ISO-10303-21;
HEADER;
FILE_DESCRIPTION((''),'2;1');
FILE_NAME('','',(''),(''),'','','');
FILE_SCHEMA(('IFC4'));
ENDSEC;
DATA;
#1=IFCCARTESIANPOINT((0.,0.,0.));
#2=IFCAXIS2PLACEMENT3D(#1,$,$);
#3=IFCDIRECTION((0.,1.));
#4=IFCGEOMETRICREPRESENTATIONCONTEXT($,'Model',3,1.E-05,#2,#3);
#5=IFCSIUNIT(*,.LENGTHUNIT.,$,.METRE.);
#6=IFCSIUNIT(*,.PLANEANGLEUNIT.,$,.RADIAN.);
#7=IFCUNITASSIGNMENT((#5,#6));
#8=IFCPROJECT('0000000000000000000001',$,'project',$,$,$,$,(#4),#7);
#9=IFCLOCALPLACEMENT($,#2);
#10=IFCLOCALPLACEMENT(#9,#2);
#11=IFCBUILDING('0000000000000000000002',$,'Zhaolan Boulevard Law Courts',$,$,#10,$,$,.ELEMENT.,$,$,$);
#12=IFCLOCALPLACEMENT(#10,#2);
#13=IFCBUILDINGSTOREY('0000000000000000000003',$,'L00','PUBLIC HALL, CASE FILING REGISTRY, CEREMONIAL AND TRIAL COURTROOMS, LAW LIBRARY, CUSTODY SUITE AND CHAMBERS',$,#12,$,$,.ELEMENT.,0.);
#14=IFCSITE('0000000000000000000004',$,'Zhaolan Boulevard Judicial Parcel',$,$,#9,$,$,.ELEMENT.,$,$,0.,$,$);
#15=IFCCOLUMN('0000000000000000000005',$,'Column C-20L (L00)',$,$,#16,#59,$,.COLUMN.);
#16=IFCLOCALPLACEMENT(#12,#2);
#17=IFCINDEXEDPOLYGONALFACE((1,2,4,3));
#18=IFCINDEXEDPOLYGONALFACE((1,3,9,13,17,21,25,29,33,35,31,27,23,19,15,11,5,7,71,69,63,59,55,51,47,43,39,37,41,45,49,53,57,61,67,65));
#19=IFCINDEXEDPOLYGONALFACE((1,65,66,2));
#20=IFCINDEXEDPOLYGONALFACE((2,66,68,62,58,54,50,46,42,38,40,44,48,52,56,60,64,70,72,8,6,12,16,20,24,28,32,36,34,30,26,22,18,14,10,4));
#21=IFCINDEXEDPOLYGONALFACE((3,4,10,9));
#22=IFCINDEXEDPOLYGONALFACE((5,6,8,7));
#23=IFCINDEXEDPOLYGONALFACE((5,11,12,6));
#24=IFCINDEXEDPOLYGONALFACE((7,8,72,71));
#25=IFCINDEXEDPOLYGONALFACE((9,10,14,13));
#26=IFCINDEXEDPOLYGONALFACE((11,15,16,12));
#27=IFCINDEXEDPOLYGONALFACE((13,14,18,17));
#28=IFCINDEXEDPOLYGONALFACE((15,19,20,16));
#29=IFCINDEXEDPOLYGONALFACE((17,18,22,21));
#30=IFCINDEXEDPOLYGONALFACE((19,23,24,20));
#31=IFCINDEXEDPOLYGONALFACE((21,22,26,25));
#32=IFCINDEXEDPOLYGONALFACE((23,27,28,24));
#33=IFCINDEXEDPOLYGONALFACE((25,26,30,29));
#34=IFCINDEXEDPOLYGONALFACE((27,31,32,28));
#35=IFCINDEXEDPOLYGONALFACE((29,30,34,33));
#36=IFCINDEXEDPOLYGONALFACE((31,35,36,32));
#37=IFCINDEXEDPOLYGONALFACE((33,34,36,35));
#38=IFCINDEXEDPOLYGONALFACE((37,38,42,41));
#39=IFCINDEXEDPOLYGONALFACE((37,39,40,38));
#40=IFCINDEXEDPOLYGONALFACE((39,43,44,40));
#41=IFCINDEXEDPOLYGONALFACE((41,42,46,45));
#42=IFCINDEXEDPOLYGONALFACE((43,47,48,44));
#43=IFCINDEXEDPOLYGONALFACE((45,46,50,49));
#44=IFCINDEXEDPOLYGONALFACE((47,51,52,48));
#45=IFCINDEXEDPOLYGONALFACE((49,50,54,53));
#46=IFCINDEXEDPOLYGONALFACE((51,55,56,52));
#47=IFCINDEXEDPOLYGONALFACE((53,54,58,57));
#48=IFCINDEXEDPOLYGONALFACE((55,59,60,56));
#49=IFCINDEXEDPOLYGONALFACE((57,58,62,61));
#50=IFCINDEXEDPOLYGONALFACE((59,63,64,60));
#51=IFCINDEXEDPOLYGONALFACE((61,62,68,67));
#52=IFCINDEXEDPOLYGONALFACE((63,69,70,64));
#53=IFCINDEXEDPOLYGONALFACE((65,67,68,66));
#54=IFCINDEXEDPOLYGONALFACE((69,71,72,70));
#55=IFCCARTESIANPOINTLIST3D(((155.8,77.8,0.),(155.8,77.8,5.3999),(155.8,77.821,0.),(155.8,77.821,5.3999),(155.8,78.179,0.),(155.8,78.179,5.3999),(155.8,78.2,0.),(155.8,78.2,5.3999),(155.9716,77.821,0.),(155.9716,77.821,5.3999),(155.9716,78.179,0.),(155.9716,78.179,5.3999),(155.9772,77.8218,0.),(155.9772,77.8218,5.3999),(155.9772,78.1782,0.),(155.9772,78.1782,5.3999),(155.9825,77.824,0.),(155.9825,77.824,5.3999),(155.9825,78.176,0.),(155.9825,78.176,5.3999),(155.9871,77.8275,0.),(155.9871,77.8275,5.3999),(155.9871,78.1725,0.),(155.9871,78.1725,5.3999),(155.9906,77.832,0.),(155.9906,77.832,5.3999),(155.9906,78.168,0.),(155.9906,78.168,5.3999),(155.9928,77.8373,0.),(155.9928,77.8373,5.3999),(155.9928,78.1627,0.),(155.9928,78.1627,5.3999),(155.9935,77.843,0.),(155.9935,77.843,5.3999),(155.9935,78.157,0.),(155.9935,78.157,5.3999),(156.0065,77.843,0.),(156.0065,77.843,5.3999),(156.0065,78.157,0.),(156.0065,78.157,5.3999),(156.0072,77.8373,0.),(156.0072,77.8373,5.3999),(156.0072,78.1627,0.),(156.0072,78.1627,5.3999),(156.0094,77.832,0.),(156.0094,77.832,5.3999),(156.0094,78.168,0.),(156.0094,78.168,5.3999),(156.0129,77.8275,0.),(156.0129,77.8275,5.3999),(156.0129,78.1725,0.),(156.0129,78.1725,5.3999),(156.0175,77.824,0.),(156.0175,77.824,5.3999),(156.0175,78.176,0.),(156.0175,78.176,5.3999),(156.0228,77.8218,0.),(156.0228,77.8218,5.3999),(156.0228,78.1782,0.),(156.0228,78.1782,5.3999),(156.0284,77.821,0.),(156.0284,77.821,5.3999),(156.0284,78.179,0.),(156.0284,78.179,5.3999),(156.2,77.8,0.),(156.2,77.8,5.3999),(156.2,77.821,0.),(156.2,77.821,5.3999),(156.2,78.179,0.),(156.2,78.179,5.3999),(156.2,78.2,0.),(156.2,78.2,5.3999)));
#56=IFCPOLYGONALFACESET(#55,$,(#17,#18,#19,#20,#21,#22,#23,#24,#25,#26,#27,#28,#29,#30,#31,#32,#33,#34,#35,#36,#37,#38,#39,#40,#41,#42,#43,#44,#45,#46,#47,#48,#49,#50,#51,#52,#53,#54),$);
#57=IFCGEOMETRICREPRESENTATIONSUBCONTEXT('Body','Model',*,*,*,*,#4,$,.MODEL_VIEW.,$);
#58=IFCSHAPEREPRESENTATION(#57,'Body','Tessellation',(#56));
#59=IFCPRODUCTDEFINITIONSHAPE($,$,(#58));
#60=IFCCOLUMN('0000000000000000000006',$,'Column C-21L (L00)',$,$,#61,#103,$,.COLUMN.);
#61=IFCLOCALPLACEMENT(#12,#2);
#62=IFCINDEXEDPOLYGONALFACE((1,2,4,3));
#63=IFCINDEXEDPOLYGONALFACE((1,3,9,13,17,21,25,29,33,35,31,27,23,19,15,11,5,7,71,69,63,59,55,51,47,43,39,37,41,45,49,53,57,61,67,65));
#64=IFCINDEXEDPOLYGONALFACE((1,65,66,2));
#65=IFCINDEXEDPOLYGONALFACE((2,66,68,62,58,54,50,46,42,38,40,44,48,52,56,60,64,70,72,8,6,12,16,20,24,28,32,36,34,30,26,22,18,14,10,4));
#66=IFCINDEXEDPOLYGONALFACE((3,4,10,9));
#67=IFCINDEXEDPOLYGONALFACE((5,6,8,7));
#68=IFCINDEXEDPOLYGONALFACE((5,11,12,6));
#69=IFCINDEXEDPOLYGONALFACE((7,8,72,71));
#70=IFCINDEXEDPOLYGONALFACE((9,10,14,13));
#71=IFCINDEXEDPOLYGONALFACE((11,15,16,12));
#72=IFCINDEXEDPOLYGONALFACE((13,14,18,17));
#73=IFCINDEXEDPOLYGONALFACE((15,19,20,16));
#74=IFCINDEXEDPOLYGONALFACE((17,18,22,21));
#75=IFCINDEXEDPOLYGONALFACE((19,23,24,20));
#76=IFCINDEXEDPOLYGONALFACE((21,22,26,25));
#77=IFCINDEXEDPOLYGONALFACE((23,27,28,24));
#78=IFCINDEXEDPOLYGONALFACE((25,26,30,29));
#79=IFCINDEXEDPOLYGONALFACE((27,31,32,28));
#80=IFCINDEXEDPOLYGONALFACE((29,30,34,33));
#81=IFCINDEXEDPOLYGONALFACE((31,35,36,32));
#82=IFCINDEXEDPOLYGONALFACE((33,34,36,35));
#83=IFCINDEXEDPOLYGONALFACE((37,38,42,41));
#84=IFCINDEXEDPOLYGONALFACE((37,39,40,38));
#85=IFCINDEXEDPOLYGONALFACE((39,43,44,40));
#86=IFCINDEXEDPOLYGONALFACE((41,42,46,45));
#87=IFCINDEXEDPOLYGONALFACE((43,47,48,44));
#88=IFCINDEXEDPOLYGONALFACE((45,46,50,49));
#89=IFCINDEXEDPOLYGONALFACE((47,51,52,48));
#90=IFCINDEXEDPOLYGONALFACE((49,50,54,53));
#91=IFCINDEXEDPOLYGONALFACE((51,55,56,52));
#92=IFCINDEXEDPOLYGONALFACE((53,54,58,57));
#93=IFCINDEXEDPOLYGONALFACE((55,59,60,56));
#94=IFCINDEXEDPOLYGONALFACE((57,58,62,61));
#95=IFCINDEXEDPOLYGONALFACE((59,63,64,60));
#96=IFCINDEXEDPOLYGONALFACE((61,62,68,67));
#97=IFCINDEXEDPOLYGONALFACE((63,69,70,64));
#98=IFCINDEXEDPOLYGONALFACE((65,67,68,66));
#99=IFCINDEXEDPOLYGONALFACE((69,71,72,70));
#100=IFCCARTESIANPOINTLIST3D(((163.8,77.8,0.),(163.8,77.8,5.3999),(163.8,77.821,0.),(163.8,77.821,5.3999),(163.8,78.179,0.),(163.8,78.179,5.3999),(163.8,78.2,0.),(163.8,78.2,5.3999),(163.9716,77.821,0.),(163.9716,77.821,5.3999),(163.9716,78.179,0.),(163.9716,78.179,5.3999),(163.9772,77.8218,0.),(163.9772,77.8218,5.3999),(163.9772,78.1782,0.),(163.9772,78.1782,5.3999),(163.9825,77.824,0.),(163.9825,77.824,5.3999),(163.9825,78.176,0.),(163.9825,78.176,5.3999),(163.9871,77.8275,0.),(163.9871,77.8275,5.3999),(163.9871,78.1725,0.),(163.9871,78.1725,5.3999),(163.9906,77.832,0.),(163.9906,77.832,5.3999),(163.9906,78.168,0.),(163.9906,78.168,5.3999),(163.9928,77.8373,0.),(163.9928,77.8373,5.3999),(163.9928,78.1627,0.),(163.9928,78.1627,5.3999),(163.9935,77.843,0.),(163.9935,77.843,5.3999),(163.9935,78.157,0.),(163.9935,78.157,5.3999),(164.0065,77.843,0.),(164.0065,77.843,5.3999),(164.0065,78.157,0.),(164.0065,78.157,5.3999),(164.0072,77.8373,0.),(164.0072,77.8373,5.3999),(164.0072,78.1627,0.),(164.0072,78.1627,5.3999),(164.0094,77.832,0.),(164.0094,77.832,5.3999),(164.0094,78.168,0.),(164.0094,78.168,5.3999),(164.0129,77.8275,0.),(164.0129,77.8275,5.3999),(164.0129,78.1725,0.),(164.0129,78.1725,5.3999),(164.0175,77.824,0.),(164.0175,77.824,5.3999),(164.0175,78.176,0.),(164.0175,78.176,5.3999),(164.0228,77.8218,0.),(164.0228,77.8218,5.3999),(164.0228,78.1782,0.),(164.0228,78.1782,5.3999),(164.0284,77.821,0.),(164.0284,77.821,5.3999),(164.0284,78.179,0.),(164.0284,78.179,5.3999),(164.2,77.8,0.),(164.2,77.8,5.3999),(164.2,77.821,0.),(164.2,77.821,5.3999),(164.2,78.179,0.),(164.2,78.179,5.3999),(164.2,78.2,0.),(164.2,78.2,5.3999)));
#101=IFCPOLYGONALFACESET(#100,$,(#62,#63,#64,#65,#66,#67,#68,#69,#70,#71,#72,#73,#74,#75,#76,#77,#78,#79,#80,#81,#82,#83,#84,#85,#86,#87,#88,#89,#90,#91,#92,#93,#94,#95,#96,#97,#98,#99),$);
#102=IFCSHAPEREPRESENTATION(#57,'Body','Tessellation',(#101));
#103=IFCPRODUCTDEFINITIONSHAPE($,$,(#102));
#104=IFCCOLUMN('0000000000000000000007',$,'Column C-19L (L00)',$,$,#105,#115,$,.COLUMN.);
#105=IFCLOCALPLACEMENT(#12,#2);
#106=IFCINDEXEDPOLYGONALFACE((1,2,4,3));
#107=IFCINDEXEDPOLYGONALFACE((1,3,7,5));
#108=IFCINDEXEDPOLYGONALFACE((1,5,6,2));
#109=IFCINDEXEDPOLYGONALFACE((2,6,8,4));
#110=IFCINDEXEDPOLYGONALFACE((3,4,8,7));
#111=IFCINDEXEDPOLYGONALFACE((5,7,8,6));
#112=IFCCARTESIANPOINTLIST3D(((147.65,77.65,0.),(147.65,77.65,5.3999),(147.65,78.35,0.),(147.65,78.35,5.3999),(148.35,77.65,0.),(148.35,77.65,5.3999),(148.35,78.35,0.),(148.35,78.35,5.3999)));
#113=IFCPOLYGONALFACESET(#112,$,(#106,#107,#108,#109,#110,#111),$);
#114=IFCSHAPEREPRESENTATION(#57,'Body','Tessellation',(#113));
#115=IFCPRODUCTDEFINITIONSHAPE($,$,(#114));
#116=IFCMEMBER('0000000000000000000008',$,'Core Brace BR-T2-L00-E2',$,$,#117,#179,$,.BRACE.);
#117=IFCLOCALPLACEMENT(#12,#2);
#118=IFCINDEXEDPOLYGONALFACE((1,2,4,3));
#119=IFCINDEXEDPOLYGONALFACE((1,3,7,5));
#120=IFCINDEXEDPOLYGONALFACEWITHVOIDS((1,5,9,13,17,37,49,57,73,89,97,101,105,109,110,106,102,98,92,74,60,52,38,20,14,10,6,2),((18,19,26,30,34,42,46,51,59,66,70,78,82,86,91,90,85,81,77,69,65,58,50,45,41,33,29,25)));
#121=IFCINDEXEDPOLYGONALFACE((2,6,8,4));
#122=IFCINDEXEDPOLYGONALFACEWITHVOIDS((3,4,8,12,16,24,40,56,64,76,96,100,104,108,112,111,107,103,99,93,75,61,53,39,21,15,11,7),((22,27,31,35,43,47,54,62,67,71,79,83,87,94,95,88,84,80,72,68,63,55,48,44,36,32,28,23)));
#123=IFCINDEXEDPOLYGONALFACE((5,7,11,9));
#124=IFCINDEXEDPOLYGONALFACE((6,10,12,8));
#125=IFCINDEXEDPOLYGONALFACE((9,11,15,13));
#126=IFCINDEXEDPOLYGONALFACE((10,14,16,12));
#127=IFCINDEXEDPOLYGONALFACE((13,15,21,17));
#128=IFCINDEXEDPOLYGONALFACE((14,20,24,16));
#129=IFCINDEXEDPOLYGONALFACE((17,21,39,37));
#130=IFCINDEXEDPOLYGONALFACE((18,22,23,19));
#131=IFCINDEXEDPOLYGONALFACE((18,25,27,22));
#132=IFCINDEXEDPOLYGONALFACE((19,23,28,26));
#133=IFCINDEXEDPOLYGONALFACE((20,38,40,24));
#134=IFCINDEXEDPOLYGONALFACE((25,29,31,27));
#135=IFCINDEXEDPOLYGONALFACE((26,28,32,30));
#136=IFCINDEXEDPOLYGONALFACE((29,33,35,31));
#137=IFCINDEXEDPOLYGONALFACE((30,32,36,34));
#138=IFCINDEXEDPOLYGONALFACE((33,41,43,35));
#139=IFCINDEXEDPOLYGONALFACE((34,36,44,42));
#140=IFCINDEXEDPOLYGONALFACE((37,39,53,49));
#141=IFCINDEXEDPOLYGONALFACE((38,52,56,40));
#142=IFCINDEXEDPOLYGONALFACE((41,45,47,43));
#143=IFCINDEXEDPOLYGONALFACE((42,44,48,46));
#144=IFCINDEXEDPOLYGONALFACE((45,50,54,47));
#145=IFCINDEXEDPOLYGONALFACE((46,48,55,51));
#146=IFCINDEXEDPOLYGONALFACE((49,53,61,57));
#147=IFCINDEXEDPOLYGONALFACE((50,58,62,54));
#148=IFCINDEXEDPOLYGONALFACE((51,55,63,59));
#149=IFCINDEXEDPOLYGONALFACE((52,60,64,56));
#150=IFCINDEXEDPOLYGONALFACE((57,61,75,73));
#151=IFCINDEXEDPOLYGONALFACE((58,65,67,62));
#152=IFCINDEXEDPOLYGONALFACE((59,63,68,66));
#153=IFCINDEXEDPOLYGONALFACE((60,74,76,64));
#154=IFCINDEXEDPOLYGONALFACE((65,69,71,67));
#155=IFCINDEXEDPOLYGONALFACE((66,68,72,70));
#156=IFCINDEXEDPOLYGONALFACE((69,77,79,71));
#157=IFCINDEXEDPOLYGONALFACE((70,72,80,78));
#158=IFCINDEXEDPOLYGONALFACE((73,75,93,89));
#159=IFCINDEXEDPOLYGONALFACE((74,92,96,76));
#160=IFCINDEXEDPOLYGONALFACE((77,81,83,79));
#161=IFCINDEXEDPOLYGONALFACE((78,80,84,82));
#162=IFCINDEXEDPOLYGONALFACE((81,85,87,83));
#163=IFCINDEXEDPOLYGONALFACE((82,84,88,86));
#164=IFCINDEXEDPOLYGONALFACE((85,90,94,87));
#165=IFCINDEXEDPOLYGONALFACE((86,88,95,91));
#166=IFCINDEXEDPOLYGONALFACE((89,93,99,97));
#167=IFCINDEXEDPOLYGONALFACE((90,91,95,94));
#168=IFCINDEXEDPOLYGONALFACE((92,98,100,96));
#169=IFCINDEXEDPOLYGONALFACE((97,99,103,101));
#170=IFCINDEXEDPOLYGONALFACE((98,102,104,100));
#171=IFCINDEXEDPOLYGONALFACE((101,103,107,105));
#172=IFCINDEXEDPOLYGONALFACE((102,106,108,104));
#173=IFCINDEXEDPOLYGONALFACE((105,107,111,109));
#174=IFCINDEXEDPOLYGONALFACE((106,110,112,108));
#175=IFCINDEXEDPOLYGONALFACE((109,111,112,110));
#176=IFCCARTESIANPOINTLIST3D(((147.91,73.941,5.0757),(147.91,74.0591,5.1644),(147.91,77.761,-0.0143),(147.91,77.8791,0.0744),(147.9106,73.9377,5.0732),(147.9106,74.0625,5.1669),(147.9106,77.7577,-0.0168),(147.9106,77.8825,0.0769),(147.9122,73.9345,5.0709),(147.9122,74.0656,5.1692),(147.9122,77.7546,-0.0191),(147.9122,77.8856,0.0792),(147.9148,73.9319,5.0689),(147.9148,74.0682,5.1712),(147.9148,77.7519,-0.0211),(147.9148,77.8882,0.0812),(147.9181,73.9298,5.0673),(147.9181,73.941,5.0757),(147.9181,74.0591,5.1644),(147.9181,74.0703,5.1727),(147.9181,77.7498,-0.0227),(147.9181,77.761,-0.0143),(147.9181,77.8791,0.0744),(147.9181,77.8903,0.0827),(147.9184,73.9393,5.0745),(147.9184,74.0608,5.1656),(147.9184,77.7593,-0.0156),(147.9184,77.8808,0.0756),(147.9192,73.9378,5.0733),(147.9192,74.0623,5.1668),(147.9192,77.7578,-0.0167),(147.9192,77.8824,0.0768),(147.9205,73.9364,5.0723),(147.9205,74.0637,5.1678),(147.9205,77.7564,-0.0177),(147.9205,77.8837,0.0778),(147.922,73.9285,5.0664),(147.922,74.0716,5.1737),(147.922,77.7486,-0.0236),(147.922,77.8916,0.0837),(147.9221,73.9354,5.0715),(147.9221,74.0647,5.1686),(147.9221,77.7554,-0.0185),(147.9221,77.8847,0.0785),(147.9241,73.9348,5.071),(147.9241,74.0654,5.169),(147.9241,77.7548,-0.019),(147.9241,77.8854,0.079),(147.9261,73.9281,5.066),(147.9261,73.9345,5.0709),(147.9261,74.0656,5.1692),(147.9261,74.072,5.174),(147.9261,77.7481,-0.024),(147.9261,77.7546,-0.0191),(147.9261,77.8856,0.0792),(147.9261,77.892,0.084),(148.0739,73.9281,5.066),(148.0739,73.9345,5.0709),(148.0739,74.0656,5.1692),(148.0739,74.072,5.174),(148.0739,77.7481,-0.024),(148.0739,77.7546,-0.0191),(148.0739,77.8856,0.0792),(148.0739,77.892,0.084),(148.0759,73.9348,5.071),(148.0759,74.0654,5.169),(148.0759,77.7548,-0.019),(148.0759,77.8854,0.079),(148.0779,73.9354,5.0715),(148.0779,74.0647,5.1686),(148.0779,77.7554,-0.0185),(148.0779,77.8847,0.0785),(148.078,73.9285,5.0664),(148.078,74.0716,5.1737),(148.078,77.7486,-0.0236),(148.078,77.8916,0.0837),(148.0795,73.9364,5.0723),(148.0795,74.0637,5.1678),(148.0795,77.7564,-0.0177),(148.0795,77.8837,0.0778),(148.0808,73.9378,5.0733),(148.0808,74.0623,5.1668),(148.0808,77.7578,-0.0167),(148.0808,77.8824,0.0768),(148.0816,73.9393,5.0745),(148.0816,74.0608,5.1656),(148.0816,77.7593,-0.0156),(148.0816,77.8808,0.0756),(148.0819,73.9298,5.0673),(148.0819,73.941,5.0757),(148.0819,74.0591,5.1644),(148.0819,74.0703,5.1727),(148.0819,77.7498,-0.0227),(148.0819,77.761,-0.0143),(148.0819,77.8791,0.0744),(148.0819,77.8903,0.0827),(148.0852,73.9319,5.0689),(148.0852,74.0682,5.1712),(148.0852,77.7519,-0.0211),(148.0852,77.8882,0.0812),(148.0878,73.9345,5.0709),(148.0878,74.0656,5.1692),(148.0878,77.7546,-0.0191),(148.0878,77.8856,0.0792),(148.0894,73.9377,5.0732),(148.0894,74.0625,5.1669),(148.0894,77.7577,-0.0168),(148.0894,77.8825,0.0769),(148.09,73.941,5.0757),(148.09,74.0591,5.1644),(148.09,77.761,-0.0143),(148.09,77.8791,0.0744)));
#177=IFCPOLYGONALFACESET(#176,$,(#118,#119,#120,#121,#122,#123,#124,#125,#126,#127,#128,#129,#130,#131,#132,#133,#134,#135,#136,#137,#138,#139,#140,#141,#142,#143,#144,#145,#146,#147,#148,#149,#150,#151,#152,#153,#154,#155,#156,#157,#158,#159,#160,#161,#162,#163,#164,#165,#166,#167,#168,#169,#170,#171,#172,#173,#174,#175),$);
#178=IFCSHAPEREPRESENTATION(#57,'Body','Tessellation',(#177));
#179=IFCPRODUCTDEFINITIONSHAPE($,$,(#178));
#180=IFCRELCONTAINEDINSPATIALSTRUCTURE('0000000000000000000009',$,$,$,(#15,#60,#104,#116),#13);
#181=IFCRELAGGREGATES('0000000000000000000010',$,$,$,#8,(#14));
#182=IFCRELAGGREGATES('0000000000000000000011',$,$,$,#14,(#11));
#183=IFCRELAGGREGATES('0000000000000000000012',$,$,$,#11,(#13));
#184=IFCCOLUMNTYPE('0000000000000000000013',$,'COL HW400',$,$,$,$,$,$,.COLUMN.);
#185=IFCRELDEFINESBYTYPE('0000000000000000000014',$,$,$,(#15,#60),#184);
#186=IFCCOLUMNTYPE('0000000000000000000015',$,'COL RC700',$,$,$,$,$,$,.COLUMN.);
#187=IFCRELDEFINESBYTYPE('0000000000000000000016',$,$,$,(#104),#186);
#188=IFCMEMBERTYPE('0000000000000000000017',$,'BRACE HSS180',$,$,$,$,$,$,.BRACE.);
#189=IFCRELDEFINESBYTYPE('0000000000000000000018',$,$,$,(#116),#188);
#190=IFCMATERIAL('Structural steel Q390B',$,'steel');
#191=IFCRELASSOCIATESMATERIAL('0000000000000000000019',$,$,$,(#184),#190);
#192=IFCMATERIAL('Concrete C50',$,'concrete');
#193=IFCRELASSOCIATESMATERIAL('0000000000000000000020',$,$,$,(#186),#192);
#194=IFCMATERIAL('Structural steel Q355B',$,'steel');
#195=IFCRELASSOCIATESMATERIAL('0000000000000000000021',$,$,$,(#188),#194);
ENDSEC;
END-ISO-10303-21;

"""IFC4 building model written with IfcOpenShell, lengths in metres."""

from ifc_helpers import new_model, si_unit, direction, frame, origin, origin_2d, place, context, subcontext, project, spatial, rectangle, hollow_rectangle, i_section, extrude, material, material_profile, profile_set, type_object, element, save


model = new_model("IFC4")

# Units and contexts
model_context = context("Model", 3, precision=1e-05, world=origin(), true_north=direction((0.0, 1.0)))
body_context = subcontext(model_context, "Body", "Model", "MODEL_VIEW")
ifc_project = project(units=[si_unit("LENGTHUNIT", "METRE"), si_unit("PLANEANGLEUNIT", "RADIAN")], contexts=[model_context])

# Site, building, storey
site_placement = place(None, origin())
site = spatial("IfcSite", under=ifc_project, at=site_placement, Name="Zhaolan Boulevard Judicial Parcel", CompositionType="ELEMENT", RefElevation=0.0)
building_placement = place(site_placement, origin())
building = spatial("IfcBuilding", under=site, at=building_placement, Name="Zhaolan Boulevard Law Courts", CompositionType="ELEMENT")
storey_placement = place(building_placement, origin())
storey = spatial("IfcBuildingStorey", under=building, at=storey_placement, Name="L00", Description="PUBLIC HALL, CASE FILING REGISTRY, CEREMONIAL AND TRIAL COURTROOMS, LAW LIBRARY, CUSTODY SUITE AND CHAMBERS", CompositionType="ELEMENT", Elevation=0.0)

# Columns
ifc_material_1 = material(Name="Structural steel Q390B", Category="steel")
ifc_material_profile_1 = material_profile(ifc_material_1, i_section(OverallWidth=0.3999, OverallDepth=0.3999, WebThickness=0.0129, FlangeThickness=0.021, FilletRadius=0.022, at=origin_2d()), Name="HW400x400")
ifc_profile_set_1 = profile_set([ifc_material_profile_1], Name="Structural steel Q390B")
column_type_1 = type_object("IfcColumnType", Name="COL HW400", PredefinedType="COLUMN", material=ifc_profile_set_1)
for number, where, z_axis, x_axis, name in (
    (1, (156.0, 78.0, 0.0), (0.0, 0.0, 1.0), (1.0, 0.0, 0.0), "Column C-20L (L00)"),
    (2, (164.0, 78.0, 0.0), (0.0, 0.0, 1.0), (1.0, 0.0, 0.0), "Column C-21L (L00)"),
):
    element("IfcColumn", number, at=place(storey_placement, frame(where, z_axis=z_axis, x_axis=x_axis)), inside=storey, type_object=column_type_1, Name=name, PredefinedType="COLUMN", context=body_context, shape_type="SweptSolid", body=[
        extrude(i_section(OverallWidth=0.3999, OverallDepth=0.3999, WebThickness=0.0129, FlangeThickness=0.021, FilletRadius=0.022, at=origin_2d()), origin(), (0.0, 0.0, 1.0), 5.3999),
    ])
ifc_material_2 = material(Name="Concrete C50", Category="concrete")
ifc_material_profile_2 = material_profile(ifc_material_2, rectangle(XDim=0.7, YDim=0.7, at=origin_2d()), Name="RC700x700")
ifc_profile_set_2 = profile_set([ifc_material_profile_2], Name="Concrete C50")
column_type_2 = type_object("IfcColumnType", Name="COL RC700", PredefinedType="COLUMN", material=ifc_profile_set_2)
column_placement = place(storey_placement, frame((148.0, 78.0, 0.0), z_axis=(0.0, 0.0, 1.0), x_axis=(1.0, 0.0, 0.0)))
element("IfcColumn", 3, at=column_placement, inside=storey, type_object=column_type_2, Name="Column C-19L (L00)", PredefinedType="COLUMN", context=body_context, shape_type="SweptSolid", body=[
    extrude(rectangle(XDim=0.7, YDim=0.7, at=origin_2d()), origin(), (0.0, 0.0, 1.0), 5.3999),
])

# Member
ifc_material_3 = material(Name="Structural steel Q355B", Category="steel")
ifc_material_profile_3 = material_profile(ifc_material_3, hollow_rectangle(XDim=0.1799, YDim=0.1799, WallThickness=0.0081, InnerFilletRadius=0.0081, OuterFilletRadius=0.0161, at=origin_2d()), Name="HSS180x180x8")
ifc_profile_set_3 = profile_set([ifc_material_profile_3], Name="Structural steel Q355B")
member_type_1 = type_object("IfcMemberType", Name="BRACE HSS180", PredefinedType="BRACE", material=ifc_profile_set_3)
member_1_placement = place(storey_placement, frame((148.0, 77.8201, 0.03), z_axis=(0.0, -0.600252, 0.799811), x_axis=(1.0, 0.0, 0.0)))
element("IfcMember", 4, at=member_1_placement, inside=storey, type_object=member_type_1, Name="Core Brace BR-T2-L00-E2", PredefinedType="BRACE", context=body_context, shape_type="SweptSolid", body=[
    extrude(hollow_rectangle(XDim=0.1799, YDim=0.1799, WallThickness=0.0081, InnerFilletRadius=0.0081, OuterFilletRadius=0.0161, at=origin_2d()), origin(), (0.0, 0.0, 1.0), 6.364),
])

save(model, "model.ifc")
